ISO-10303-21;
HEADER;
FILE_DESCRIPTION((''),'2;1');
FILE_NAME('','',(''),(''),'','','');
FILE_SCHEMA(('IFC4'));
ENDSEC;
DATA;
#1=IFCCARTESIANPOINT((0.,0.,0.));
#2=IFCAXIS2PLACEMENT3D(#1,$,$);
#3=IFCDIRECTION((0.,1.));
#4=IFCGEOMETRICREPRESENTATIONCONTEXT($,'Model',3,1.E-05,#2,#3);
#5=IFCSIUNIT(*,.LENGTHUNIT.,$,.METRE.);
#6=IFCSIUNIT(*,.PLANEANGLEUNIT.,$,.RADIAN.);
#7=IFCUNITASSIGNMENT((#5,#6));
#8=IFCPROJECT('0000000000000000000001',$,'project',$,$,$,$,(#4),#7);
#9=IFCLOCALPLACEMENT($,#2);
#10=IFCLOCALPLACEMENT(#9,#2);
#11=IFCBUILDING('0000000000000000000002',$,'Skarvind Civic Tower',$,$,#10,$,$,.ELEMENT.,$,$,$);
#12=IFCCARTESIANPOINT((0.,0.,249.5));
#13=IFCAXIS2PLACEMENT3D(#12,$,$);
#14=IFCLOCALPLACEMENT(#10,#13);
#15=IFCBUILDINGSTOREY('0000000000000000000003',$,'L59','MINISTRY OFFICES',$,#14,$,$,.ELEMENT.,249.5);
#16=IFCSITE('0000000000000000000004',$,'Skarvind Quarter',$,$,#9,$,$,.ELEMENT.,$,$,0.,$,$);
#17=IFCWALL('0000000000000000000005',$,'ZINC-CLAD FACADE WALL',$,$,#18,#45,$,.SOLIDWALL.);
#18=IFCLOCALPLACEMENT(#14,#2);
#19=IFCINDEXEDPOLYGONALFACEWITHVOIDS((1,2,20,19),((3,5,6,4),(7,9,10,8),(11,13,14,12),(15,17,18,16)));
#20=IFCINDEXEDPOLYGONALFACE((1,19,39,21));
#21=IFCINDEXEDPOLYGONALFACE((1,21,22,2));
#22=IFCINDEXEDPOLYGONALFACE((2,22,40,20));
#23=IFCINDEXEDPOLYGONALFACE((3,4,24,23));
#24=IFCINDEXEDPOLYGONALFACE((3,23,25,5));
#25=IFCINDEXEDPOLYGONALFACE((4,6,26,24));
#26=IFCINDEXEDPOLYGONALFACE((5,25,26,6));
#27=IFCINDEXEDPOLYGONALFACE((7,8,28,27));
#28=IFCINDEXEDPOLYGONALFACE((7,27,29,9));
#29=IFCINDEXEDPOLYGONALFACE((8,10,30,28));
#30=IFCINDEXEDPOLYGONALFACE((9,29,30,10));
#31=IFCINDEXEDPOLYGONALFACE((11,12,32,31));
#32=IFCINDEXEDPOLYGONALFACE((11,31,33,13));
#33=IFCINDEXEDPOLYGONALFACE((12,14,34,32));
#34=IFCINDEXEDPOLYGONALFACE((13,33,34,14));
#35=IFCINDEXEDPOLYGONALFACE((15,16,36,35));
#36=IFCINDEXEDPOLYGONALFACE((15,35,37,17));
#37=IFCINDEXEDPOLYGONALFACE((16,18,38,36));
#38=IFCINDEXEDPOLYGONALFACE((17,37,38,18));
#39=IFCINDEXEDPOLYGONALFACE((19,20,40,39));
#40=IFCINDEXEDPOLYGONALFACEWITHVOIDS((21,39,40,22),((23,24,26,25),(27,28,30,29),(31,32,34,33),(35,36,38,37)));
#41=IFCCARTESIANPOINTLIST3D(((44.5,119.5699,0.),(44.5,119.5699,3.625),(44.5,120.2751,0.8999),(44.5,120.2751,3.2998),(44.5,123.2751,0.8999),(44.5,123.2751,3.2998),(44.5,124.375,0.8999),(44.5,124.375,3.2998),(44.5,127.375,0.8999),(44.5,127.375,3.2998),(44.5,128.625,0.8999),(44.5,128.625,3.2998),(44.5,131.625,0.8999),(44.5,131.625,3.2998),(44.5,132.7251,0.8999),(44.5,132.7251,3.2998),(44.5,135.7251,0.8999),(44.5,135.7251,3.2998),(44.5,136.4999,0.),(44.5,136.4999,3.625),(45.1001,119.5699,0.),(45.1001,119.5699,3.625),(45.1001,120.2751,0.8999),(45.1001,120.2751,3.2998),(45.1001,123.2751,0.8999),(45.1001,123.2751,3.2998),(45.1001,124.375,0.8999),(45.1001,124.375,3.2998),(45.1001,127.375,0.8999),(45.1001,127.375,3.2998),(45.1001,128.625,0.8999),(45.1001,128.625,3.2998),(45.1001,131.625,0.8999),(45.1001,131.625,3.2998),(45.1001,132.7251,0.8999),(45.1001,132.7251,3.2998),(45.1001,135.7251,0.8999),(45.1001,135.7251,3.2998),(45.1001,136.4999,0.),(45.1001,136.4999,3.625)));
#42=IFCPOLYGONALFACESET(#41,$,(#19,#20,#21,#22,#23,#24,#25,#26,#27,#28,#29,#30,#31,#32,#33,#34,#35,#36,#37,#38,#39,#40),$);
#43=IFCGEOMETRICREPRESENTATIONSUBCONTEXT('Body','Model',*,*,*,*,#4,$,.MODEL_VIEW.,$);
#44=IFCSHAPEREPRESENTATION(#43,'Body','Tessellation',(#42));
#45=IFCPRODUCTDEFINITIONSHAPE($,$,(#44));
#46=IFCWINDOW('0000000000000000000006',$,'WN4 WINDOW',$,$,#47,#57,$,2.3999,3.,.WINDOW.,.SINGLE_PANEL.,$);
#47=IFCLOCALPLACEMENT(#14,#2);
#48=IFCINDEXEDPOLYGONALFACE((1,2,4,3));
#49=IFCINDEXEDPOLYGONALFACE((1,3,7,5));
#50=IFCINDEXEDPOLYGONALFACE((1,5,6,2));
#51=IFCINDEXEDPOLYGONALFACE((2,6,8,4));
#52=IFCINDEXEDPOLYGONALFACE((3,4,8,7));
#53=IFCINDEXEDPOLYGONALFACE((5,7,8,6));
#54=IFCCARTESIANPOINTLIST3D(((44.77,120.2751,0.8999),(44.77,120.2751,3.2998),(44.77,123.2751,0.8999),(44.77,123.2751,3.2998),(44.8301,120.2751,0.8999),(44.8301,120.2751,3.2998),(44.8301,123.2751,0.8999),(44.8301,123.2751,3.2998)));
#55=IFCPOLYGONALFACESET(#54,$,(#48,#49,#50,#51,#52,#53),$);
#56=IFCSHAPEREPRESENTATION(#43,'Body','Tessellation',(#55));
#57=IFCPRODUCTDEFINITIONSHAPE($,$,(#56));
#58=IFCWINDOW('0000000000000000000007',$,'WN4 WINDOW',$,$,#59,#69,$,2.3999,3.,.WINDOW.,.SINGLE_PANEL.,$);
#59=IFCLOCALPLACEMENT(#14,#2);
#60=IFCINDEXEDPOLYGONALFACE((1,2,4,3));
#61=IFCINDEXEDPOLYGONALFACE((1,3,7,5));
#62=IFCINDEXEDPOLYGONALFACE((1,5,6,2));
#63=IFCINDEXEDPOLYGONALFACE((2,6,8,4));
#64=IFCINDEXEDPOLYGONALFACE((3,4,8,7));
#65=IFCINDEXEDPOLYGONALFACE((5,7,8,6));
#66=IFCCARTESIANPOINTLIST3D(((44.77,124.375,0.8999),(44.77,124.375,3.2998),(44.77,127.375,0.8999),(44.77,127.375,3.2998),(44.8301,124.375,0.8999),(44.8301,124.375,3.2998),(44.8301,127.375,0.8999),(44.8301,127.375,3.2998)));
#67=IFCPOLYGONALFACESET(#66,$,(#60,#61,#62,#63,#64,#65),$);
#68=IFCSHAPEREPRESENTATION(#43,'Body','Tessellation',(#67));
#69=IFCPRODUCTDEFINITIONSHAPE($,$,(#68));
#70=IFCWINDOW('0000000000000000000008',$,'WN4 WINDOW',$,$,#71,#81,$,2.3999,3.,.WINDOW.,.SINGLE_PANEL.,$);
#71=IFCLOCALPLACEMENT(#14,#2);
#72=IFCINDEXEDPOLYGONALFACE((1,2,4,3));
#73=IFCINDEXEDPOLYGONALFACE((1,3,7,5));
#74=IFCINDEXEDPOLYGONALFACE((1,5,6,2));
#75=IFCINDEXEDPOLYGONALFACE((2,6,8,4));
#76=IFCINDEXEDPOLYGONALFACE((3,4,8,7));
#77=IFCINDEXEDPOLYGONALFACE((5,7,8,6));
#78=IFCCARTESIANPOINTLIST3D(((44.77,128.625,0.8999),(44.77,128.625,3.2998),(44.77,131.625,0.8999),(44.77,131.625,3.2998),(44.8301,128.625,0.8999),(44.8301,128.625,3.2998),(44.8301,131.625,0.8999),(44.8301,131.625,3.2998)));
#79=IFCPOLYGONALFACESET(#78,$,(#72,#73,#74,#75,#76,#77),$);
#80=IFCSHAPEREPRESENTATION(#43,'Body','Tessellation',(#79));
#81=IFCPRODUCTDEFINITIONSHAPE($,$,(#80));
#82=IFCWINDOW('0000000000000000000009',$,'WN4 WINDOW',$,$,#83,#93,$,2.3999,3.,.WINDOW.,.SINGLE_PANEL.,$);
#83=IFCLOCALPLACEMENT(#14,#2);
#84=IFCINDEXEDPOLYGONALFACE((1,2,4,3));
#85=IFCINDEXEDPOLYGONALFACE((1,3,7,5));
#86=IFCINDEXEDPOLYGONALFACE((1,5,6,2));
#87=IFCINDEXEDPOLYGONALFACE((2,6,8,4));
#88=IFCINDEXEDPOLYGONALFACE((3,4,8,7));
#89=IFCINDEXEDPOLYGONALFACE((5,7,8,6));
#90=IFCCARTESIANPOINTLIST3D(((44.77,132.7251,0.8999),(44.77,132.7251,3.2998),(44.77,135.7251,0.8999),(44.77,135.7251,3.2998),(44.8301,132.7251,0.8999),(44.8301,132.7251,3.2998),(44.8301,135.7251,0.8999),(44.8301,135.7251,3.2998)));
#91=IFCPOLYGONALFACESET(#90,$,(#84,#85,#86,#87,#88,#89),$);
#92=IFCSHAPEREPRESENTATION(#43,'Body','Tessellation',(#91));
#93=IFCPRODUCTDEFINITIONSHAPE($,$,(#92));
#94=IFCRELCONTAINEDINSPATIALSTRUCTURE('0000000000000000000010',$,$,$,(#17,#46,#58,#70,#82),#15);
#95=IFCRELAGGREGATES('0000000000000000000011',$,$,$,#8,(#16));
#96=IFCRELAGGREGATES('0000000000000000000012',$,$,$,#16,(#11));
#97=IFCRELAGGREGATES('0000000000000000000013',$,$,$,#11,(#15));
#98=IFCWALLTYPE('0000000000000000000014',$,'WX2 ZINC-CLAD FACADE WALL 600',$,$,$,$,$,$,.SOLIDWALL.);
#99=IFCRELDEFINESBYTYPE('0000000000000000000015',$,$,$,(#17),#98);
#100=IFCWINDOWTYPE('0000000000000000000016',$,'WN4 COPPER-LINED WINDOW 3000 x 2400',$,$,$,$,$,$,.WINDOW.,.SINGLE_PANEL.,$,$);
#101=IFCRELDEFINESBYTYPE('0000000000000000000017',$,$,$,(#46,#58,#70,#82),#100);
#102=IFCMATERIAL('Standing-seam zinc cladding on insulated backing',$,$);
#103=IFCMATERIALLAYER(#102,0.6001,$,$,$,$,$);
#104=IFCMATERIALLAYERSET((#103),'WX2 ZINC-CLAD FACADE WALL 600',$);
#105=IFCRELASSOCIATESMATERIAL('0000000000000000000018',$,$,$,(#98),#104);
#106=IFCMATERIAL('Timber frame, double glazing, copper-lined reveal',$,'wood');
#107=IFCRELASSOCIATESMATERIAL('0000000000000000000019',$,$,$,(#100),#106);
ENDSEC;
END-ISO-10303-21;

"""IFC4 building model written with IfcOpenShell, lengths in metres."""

from ifc_helpers import new_model, si_unit, direction, frame, frame_2d, origin, place, context, subcontext, project, spatial, rectangle, extrude, material, layer, layer_set, type_object, element, fill, save


model = new_model("IFC4")

# Units and contexts
model_context = context("Model", 3, precision=1e-05, world=origin(), true_north=direction((0.0, 1.0)))
body_context = subcontext(model_context, "Body", "Model", "MODEL_VIEW")
ifc_project = project(units=[si_unit("LENGTHUNIT", "METRE"), si_unit("PLANEANGLEUNIT", "RADIAN")], contexts=[model_context])

# Site, building, storey
site_placement = place(None, origin())
site = spatial("IfcSite", under=ifc_project, at=site_placement, Name="Skarvind Quarter", CompositionType="ELEMENT", RefElevation=0.0)
building_placement = place(site_placement, origin())
building = spatial("IfcBuilding", under=site, at=building_placement, Name="Skarvind Civic Tower", CompositionType="ELEMENT")
storey_placement = place(building_placement, frame((0.0, 0.0, 249.5)))
storey = spatial("IfcBuildingStorey", under=building, at=storey_placement, Name="L59", Description="MINISTRY OFFICES", CompositionType="ELEMENT", Elevation=249.5)

# Wall, openings, windows
ifc_material_1 = material(Name="Standing-seam zinc cladding on insulated backing")
ifc_layer_1 = layer(ifc_material_1, 0.6001)
ifc_layer_set_1 = layer_set([ifc_layer_1], Name="WX2 ZINC-CLAD FACADE WALL 600")
wall_type_1 = type_object("IfcWallType", Name="WX2 ZINC-CLAD FACADE WALL 600", PredefinedType="SOLIDWALL", material=ifc_layer_set_1)
wall_1_placement = place(storey_placement, frame((44.8, 119.5701, 0.0), z_axis=(0.0, 0.0, 1.0), x_axis=(0.0, 1.0, 0.0)))
wall_1 = element("IfcWall", 1, at=wall_1_placement, inside=storey, type_object=wall_type_1, Name="ZINC-CLAD FACADE WALL", PredefinedType="SOLIDWALL", context=body_context, shape_type="SweptSolid", body=[
    extrude(rectangle(XDim=16.9299, YDim=0.6001, at=frame_2d((8.4648, 0.0))), origin(), (0.0, 0.0, 1.0), 3.625),
])
opening_1_placement = place(wall_1_placement, frame((0.7051, 0.0, 0.8999)))
opening_1 = element("IfcOpeningElement", 2, at=opening_1_placement, cuts=wall_1, PredefinedType="OPENING", context=body_context, shape_type="SweptSolid", body=[
    extrude(rectangle(XDim=3.0, YDim=2.3999, at=frame_2d((1.5, 1.2))), frame((0.0, 0.3101, 0.0), z_axis=(0.0, -1.0, 0.0), x_axis=(1.0, 0.0, 0.0)), (0.0, 0.0, 1.0), 0.6201),
])
opening_2_placement = place(wall_1_placement, frame((4.8049, 0.0, 0.8999)))
opening_2 = element("IfcOpeningElement", 3, at=opening_2_placement, cuts=wall_1, PredefinedType="OPENING", context=body_context, shape_type="SweptSolid", body=[
    extrude(rectangle(XDim=3.0, YDim=2.3999, at=frame_2d((1.5, 1.2))), frame((0.0, 0.3101, 0.0), z_axis=(0.0, -1.0, 0.0), x_axis=(1.0, 0.0, 0.0)), (0.0, 0.0, 1.0), 0.6201),
])
opening_3_placement = place(wall_1_placement, frame((9.0549, 0.0, 0.8999)))
opening_3 = element("IfcOpeningElement", 4, at=opening_3_placement, cuts=wall_1, PredefinedType="OPENING", context=body_context, shape_type="SweptSolid", body=[
    extrude(rectangle(XDim=3.0, YDim=2.3999, at=frame_2d((1.5, 1.2))), frame((0.0, 0.3101, 0.0), z_axis=(0.0, -1.0, 0.0), x_axis=(1.0, 0.0, 0.0)), (0.0, 0.0, 1.0), 0.6201),
])
opening_4_placement = place(wall_1_placement, frame((13.155, 0.0, 0.8999)))
opening_4 = element("IfcOpeningElement", 5, at=opening_4_placement, cuts=wall_1, PredefinedType="OPENING", context=body_context, shape_type="SweptSolid", body=[
    extrude(rectangle(XDim=3.0, YDim=2.3999, at=frame_2d((1.5, 1.2))), frame((0.0, 0.3101, 0.0), z_axis=(0.0, -1.0, 0.0), x_axis=(1.0, 0.0, 0.0)), (0.0, 0.0, 1.0), 0.6201),
])
ifc_material_2 = material(Name="Timber frame, double glazing, copper-lined reveal", Category="wood")
window_type = type_object("IfcWindowType", Name="WN4 COPPER-LINED WINDOW 3000 x 2400", PartitioningType="SINGLE_PANEL", PredefinedType="WINDOW", material=ifc_material_2)
window_1_placement = place(opening_1_placement, origin())
window_1 = element("IfcWindow", 6, at=window_1_placement, inside=storey, type_object=window_type, Name="WN4 WINDOW", OverallHeight=2.3999, OverallWidth=3.0, PartitioningType="SINGLE_PANEL", PredefinedType="WINDOW", context=body_context, shape_type="SweptSolid", body=[
    extrude(rectangle(XDim=3.0, YDim=2.3999, at=frame_2d((1.5, 1.2))), frame((0.0, 0.03, 0.0), z_axis=(0.0, -1.0, 0.0), x_axis=(1.0, 0.0, 0.0)), (0.0, 0.0, 1.0), 0.0601),
])
fill(opening_1, window_1)
window_2_placement = place(opening_2_placement, origin())
window_2 = element("IfcWindow", 7, at=window_2_placement, inside=storey, type_object=window_type, Name="WN4 WINDOW", OverallHeight=2.3999, OverallWidth=3.0, PartitioningType="SINGLE_PANEL", PredefinedType="WINDOW", context=body_context, shape_type="SweptSolid", body=[
    extrude(rectangle(XDim=3.0, YDim=2.3999, at=frame_2d((1.5, 1.2))), frame((0.0, 0.03, 0.0), z_axis=(0.0, -1.0, 0.0), x_axis=(1.0, 0.0, 0.0)), (0.0, 0.0, 1.0), 0.0601),
])
fill(opening_2, window_2)
window_3_placement = place(opening_3_placement, origin())
window_3 = element("IfcWindow", 8, at=window_3_placement, inside=storey, type_object=window_type, Name="WN4 WINDOW", OverallHeight=2.3999, OverallWidth=3.0, PartitioningType="SINGLE_PANEL", PredefinedType="WINDOW", context=body_context, shape_type="SweptSolid", body=[
    extrude(rectangle(XDim=3.0, YDim=2.3999, at=frame_2d((1.5, 1.2))), frame((0.0, 0.03, 0.0), z_axis=(0.0, -1.0, 0.0), x_axis=(1.0, 0.0, 0.0)), (0.0, 0.0, 1.0), 0.0601),
])
fill(opening_3, window_3)
window_4_placement = place(opening_4_placement, origin())
window_4 = element("IfcWindow", 9, at=window_4_placement, inside=storey, type_object=window_type, Name="WN4 WINDOW", OverallHeight=2.3999, OverallWidth=3.0, PartitioningType="SINGLE_PANEL", PredefinedType="WINDOW", context=body_context, shape_type="SweptSolid", body=[
    extrude(rectangle(XDim=3.0, YDim=2.3999, at=frame_2d((1.5, 1.2))), frame((0.0, 0.03, 0.0), z_axis=(0.0, -1.0, 0.0), x_axis=(1.0, 0.0, 0.0)), (0.0, 0.0, 1.0), 0.0601),
])
fill(opening_4, window_4)

save(model, "model.ifc")
